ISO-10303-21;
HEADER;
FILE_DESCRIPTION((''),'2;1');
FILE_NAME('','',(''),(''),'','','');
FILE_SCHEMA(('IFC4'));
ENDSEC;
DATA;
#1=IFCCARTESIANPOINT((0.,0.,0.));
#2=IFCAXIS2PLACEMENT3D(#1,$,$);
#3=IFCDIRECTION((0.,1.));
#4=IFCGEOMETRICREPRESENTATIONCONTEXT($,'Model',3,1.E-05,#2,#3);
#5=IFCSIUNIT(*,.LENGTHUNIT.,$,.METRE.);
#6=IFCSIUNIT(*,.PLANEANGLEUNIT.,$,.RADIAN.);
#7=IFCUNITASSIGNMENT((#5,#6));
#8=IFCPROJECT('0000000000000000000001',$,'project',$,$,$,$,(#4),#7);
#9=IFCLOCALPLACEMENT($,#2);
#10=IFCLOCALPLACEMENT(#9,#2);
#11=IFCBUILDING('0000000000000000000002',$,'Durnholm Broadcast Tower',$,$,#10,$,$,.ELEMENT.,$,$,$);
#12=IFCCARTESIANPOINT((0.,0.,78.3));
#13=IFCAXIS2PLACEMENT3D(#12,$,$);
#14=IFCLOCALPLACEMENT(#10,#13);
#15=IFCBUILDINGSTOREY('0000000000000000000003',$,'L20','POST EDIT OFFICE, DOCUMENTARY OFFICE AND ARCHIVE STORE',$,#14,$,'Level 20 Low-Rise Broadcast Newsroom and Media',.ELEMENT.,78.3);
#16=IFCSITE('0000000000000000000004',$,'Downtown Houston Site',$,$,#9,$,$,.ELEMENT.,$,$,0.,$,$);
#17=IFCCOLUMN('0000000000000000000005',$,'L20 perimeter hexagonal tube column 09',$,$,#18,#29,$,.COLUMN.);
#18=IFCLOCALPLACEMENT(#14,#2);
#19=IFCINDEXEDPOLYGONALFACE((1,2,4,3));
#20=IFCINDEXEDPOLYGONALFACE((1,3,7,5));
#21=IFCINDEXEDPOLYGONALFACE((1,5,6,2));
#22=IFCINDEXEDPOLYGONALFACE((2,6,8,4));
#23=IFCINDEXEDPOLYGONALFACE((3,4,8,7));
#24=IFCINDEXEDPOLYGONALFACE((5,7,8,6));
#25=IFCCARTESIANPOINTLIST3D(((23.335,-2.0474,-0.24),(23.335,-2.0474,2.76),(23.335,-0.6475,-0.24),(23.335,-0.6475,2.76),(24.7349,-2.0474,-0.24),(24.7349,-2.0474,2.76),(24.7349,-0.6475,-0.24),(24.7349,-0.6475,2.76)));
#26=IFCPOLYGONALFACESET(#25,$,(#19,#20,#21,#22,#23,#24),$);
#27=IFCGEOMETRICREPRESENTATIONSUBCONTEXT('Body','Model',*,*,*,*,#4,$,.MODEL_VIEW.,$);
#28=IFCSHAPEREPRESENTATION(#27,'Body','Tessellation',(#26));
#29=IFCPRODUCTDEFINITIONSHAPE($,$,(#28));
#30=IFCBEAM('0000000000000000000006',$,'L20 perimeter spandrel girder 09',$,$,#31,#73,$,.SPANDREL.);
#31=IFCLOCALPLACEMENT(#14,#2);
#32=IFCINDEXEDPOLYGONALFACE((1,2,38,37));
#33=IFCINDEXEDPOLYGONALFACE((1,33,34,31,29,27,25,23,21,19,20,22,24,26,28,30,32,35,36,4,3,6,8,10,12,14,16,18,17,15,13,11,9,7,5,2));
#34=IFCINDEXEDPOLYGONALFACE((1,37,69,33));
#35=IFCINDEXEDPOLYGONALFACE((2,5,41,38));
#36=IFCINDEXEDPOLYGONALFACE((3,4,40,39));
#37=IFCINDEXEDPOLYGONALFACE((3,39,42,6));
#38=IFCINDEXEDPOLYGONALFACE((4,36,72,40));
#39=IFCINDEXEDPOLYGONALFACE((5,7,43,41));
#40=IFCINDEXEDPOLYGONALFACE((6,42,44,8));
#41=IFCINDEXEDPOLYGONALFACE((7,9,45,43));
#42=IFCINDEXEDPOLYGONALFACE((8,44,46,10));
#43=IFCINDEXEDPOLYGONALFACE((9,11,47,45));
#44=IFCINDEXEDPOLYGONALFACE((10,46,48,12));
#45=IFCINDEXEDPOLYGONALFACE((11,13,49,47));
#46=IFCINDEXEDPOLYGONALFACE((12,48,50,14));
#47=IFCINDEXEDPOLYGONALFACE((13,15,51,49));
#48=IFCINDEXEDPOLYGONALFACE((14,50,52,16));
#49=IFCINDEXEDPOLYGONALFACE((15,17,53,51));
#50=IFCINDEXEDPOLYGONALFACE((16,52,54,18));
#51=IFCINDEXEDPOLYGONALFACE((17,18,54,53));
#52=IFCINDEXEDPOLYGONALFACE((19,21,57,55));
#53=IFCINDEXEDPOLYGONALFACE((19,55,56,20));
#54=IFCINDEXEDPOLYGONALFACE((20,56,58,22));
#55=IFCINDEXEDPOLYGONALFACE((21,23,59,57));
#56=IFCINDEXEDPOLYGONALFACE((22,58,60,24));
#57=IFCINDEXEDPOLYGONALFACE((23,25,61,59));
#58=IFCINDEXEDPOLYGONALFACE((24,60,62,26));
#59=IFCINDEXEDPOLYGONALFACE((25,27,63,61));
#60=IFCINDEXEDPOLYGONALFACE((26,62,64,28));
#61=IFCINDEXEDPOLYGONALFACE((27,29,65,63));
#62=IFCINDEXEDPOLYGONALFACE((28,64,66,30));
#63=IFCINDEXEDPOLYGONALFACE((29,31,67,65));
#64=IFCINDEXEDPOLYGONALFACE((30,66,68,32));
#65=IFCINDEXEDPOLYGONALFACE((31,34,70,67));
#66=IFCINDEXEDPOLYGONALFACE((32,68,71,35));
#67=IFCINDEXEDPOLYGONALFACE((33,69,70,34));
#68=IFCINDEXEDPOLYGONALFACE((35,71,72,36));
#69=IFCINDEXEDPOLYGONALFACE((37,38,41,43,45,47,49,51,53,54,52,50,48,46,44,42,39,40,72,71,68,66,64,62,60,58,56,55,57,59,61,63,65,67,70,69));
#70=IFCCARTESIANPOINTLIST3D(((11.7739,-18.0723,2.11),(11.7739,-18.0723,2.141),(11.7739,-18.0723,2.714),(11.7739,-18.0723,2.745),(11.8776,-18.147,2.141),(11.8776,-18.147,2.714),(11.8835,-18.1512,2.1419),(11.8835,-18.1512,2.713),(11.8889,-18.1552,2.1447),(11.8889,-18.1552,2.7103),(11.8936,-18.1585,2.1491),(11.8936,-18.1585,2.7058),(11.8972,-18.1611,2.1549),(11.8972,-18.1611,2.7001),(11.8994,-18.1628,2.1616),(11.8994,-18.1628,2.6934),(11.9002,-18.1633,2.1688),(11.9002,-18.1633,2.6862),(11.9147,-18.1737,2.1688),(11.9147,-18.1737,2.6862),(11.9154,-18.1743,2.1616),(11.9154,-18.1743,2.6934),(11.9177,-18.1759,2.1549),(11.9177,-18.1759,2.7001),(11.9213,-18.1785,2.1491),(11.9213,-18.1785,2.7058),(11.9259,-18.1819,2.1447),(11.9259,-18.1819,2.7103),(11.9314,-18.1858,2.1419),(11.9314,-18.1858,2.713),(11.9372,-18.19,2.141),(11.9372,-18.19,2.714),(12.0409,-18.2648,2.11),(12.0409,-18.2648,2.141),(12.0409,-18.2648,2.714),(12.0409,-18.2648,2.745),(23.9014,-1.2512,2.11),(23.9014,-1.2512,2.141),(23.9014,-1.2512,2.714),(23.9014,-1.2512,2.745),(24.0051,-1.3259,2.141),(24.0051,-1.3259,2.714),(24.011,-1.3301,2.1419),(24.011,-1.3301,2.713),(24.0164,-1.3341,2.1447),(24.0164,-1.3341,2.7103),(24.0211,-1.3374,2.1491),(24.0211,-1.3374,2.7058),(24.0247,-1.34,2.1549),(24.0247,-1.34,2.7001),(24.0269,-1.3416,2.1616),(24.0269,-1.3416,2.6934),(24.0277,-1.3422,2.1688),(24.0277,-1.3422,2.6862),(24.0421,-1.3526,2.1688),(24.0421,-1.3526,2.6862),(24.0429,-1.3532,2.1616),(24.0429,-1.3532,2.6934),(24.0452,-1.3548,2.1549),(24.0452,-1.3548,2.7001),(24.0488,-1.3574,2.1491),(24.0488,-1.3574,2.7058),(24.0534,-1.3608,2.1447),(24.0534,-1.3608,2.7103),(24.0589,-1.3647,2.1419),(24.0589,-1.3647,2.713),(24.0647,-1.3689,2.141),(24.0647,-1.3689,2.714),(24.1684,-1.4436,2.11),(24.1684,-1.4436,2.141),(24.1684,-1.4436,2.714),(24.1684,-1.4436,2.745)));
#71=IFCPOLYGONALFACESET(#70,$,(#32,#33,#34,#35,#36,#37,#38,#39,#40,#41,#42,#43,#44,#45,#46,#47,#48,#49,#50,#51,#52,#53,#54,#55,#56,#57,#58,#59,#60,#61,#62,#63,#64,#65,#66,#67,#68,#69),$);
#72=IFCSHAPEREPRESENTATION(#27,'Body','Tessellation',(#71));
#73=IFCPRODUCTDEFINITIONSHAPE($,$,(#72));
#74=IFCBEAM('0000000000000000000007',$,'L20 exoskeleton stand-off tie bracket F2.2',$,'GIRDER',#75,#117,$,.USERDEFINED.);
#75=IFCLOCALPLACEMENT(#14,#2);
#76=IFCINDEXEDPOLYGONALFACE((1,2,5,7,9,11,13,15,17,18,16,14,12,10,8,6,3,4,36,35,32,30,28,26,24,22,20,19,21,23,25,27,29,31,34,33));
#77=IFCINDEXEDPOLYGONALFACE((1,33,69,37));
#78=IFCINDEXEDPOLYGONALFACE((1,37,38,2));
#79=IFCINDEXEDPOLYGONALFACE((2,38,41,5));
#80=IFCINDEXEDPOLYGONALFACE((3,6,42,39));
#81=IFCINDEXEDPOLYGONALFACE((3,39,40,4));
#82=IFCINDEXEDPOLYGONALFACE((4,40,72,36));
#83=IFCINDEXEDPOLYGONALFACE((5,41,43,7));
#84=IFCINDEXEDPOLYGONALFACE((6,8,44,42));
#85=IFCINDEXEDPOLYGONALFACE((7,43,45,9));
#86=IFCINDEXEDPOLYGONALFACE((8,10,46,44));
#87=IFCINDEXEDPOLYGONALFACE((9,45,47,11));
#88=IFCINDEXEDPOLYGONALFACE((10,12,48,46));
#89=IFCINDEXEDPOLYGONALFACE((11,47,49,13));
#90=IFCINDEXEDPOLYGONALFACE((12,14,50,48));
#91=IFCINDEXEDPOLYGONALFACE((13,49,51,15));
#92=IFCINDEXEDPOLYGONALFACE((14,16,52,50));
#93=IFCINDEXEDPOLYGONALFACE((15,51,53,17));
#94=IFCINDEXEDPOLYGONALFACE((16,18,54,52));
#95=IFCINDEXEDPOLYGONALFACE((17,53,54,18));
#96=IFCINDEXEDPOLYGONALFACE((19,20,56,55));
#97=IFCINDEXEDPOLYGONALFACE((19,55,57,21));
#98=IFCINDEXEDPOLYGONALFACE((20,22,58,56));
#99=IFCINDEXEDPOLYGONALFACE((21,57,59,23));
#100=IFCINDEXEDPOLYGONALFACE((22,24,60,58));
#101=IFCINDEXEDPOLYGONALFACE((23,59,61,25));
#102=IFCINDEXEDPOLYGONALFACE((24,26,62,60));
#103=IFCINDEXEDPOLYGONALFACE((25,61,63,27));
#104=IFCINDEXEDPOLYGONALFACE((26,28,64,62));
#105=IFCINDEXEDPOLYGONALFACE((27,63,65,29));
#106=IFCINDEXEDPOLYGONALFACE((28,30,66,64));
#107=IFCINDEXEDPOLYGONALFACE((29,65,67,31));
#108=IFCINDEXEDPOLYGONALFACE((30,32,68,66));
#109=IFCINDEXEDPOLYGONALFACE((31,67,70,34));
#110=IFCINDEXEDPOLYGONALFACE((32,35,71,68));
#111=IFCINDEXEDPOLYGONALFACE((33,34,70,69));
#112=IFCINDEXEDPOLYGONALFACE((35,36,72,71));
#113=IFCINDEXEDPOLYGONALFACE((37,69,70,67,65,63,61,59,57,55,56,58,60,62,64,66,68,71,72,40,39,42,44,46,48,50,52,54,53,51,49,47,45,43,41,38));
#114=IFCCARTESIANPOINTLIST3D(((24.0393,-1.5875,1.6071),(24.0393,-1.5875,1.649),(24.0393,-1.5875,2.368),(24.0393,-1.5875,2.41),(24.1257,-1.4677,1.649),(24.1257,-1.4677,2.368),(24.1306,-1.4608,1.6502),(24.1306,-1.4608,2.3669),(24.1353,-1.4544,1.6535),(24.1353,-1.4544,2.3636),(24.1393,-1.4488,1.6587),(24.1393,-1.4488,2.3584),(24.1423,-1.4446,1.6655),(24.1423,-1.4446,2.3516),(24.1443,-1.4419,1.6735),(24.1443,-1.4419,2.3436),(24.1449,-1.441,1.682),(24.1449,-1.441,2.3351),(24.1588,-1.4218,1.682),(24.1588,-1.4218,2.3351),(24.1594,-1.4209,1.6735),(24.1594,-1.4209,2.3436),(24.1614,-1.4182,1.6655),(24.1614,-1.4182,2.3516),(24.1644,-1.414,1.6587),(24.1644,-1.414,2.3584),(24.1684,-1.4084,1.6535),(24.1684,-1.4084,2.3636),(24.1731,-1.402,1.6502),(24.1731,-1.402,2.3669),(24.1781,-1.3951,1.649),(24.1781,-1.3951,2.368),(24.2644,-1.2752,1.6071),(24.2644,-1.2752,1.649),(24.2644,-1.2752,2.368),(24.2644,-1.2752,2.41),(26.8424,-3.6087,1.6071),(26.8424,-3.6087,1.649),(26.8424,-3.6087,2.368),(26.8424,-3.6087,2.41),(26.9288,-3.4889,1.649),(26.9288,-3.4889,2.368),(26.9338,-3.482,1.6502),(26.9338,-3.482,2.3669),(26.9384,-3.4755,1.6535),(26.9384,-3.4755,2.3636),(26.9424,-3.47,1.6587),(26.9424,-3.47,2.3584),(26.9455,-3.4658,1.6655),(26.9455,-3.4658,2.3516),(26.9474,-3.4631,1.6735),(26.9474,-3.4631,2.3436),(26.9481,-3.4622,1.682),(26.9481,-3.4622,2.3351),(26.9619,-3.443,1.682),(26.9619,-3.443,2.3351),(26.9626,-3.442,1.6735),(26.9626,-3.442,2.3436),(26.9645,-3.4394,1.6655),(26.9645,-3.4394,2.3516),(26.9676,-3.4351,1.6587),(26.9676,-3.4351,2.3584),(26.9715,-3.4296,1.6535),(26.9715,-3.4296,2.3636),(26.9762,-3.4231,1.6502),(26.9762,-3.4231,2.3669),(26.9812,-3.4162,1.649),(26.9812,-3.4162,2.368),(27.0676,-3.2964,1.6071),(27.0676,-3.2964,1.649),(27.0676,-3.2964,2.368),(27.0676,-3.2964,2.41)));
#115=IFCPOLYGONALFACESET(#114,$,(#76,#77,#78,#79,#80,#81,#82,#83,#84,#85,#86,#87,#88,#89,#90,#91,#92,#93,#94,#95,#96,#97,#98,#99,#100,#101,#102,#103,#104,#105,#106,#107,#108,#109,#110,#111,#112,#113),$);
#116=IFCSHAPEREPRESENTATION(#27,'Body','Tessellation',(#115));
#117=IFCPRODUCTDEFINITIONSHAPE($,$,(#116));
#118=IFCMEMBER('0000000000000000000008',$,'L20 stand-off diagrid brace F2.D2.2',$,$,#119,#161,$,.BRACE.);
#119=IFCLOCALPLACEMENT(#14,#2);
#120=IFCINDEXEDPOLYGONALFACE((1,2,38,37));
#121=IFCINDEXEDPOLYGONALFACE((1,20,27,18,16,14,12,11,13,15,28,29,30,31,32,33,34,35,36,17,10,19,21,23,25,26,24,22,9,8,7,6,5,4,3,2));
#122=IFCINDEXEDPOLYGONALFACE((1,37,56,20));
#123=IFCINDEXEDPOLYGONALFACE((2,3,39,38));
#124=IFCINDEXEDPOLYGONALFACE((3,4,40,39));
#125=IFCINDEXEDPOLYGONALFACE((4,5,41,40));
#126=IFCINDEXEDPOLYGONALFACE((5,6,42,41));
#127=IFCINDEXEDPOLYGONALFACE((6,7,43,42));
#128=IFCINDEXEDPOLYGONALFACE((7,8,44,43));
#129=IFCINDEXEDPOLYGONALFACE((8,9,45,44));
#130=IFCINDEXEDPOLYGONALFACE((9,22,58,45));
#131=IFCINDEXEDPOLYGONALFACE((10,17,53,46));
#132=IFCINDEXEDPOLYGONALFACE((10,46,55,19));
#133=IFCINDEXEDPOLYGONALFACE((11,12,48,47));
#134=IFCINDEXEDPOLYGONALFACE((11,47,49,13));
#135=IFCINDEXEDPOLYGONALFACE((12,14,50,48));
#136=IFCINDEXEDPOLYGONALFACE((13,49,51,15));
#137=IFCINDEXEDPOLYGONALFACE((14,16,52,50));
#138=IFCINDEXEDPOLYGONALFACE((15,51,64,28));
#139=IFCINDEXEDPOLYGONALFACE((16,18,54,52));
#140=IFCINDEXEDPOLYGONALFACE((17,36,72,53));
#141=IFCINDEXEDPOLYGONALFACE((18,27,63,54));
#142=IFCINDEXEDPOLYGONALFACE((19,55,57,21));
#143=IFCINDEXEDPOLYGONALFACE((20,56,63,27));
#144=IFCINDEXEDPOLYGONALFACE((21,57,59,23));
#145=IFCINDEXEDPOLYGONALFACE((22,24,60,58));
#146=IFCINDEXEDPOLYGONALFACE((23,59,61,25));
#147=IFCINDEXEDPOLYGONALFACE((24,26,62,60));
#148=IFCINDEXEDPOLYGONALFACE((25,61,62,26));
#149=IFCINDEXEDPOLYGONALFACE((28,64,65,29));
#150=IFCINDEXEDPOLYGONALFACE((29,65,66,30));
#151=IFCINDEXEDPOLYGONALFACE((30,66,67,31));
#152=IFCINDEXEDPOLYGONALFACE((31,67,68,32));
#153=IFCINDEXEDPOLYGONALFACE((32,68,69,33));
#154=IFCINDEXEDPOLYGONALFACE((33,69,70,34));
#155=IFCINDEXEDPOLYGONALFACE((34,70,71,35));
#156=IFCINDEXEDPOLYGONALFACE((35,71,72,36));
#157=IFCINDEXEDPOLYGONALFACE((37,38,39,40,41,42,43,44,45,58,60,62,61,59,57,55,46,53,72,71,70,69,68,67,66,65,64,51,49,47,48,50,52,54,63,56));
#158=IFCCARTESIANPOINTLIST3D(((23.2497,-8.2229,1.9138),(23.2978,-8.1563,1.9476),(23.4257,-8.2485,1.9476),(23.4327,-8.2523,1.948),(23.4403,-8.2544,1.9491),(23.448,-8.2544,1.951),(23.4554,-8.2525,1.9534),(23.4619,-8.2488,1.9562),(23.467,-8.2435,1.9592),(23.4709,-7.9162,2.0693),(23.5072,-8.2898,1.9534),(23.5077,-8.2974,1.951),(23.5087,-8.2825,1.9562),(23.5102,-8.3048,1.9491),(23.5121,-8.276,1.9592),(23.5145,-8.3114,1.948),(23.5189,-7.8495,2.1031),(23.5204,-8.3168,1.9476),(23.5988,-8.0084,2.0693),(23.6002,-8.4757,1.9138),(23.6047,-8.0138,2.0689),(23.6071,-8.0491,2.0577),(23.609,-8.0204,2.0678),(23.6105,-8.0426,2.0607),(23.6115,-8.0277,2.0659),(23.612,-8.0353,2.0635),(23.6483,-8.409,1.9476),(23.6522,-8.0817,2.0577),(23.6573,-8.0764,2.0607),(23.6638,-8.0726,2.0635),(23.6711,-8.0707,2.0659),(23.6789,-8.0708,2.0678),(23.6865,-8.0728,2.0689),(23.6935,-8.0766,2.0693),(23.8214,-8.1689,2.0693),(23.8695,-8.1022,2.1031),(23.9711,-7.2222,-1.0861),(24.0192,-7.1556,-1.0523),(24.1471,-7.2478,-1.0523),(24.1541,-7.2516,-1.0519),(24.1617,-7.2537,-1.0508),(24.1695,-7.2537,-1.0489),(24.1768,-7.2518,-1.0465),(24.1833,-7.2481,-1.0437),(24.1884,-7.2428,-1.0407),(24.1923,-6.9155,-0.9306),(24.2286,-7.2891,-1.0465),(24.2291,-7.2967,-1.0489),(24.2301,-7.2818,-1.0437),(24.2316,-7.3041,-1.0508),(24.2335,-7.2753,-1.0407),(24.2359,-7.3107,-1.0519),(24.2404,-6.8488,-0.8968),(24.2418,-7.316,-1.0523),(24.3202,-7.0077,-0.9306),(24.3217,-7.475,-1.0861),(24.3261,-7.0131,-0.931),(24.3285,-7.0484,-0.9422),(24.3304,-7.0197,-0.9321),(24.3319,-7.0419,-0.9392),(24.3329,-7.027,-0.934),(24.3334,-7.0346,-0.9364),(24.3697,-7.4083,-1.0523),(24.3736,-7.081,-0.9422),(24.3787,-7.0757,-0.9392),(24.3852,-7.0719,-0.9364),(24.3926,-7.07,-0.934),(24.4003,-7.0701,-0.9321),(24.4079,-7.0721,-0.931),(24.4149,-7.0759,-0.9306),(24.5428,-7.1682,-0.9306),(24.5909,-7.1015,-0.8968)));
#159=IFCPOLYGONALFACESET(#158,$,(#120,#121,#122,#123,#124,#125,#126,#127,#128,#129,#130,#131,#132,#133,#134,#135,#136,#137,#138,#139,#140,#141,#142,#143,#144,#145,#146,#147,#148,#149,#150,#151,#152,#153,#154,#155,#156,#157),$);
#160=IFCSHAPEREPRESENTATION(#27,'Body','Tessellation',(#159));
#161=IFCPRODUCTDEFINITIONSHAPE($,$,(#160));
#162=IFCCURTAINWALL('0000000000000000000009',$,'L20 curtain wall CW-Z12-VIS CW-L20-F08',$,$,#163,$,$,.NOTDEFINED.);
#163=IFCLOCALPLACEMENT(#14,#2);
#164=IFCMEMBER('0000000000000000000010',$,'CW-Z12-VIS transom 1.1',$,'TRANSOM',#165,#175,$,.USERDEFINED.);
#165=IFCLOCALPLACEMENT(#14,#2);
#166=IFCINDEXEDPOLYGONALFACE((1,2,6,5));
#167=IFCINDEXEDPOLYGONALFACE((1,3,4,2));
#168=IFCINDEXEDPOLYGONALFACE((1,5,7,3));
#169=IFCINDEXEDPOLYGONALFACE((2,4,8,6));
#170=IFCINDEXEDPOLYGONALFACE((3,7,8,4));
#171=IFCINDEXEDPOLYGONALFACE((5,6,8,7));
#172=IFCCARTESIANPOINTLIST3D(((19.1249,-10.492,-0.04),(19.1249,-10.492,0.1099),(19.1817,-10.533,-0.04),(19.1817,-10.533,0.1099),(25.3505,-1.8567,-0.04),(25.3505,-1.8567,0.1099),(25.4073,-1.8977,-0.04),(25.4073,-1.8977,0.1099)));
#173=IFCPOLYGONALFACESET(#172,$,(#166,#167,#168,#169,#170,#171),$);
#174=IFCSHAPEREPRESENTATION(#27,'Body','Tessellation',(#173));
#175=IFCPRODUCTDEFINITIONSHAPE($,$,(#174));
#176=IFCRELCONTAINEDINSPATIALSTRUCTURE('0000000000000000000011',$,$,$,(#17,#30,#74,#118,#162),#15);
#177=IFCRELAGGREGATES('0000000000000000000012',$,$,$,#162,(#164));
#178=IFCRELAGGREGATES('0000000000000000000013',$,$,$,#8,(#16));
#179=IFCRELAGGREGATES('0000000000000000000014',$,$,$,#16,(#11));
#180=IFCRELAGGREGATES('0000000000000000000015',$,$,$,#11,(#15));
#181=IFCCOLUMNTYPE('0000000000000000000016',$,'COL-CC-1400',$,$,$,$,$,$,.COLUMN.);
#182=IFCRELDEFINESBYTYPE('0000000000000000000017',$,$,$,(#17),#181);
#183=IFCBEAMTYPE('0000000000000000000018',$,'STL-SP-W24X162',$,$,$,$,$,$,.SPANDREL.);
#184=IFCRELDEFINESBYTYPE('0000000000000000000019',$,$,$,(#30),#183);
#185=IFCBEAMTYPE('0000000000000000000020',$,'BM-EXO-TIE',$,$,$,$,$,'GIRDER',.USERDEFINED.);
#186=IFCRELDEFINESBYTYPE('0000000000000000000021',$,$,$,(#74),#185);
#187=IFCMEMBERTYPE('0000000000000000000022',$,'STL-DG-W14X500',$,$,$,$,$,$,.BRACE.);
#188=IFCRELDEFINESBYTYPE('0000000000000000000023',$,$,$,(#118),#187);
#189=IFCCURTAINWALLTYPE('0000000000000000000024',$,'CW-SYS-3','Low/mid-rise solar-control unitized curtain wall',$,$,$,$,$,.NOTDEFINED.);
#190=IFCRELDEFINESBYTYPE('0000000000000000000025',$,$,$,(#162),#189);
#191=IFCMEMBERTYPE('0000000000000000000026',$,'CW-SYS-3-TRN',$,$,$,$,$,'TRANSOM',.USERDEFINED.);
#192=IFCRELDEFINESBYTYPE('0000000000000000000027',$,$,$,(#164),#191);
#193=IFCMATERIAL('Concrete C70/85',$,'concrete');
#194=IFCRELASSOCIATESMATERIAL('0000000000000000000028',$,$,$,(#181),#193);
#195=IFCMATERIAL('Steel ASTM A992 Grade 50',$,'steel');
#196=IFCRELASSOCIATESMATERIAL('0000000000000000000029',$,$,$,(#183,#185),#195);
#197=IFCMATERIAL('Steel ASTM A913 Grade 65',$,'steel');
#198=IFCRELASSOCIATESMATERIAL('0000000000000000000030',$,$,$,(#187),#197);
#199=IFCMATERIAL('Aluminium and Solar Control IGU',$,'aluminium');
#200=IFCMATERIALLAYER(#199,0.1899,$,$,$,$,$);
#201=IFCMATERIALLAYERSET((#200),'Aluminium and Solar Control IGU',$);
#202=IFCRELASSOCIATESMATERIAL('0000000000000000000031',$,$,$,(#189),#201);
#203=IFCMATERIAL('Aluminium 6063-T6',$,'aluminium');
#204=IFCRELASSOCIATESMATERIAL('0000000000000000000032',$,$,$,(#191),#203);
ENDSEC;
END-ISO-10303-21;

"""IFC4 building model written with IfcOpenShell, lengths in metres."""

from ifc_helpers import new_model, si_unit, direction, frame, origin, origin_2d, place, context, subcontext, project, spatial, rectangle, i_section, extrude, source, transform, mapped, material, layer, layer_set, material_profile, profile_set, type_object, type_shapes, element, aggregate, save


model = new_model("IFC4")

# Units and contexts
model_context = context("Model", 3, precision=1e-05, world=origin(), true_north=direction((0.0, 1.0)))
body_context = subcontext(model_context, "Body", "Model", "MODEL_VIEW")
ifc_project = project(units=[si_unit("LENGTHUNIT", "METRE"), si_unit("PLANEANGLEUNIT", "RADIAN")], contexts=[model_context])

# Site, building, storey
site_placement = place(None, origin())
site = spatial("IfcSite", under=ifc_project, at=site_placement, Name="Downtown Houston Site", CompositionType="ELEMENT", RefElevation=0.0)
building_placement = place(site_placement, origin())
building = spatial("IfcBuilding", under=site, at=building_placement, Name="Durnholm Broadcast Tower", CompositionType="ELEMENT")
storey_placement = place(building_placement, frame((0.0, 0.0, 78.3)))
storey = spatial("IfcBuildingStorey", under=building, at=storey_placement, Name="L20", Description="POST EDIT OFFICE, DOCUMENTARY OFFICE AND ARCHIVE STORE", LongName="Level 20 Low-Rise Broadcast Newsroom and Media", CompositionType="ELEMENT", Elevation=78.3)

# Column
ifc_material_1 = material(Name="Concrete C70/85", Category="concrete")
ifc_material_profile_1 = material_profile(ifc_material_1, rectangle(XDim=1.3999, YDim=1.3999, at=origin_2d()), Name="RC1400X1400")
ifc_profile_set_1 = profile_set([ifc_material_profile_1], Name="Concrete C70/85")
column_type = type_object("IfcColumnType", Name="COL-CC-1400", PredefinedType="COLUMN", material=ifc_profile_set_1)
shared_shape_1 = source(origin(), body_context, "Body", "SweptSolid", [
    extrude(rectangle(XDim=1.3999, YDim=1.3999, at=origin_2d()), origin(), (0.0, 0.0, 1.0), 3.0),
])
type_shapes(column_type, [shared_shape_1])
column_placement = place(storey_placement, frame((24.0349, -1.3474, -0.24), z_axis=(0.0, 0.0, 1.0), x_axis=(1.0, 0.0, 0.0)))
element("IfcColumn", 1, at=column_placement, inside=storey, type_object=column_type, Name="L20 perimeter hexagonal tube column 09", PredefinedType="COLUMN", context=body_context, shape_type="MappedRepresentation", body=[
    mapped(shared_shape_1, transform((0.0, 0.0, 0.0), x_axis=(1.0, 0.0, 0.0), y_axis=(0.0, 1.0, 0.0), z_axis=(0.0, 0.0, 1.0), scale=1.0)),
])

# Beams
ifc_material_2 = material(Name="Steel ASTM A992 Grade 50", Category="steel")
ifc_material_profile_2 = material_profile(ifc_material_2, i_section(OverallWidth=0.3291, OverallDepth=0.635, WebThickness=0.0178, FlangeThickness=0.031, FilletRadius=0.0278, at=origin_2d()), Name="W24X162")
ifc_profile_set_2 = profile_set([ifc_material_profile_2], Name="Steel ASTM A992 Grade 50")
beam_type_1 = type_object("IfcBeamType", Name="STL-SP-W24X162", PredefinedType="SPANDREL", material=ifc_profile_set_2)
shared_shape_2 = source(origin(), body_context, "Body", "SweptSolid", [
    extrude(i_section(OverallWidth=0.3291, OverallDepth=0.635, WebThickness=0.0178, FlangeThickness=0.031, FilletRadius=0.0278, at=origin_2d()), origin(), (0.0, 0.0, 1.0), 20.7371),
])
type_shapes(beam_type_1, [shared_shape_2])
beam_1_placement = place(storey_placement, frame((24.0349, -1.3474, 2.4275), z_axis=(-0.584822, -0.811162, 0.0), x_axis=(0.811162, -0.584822, 0.0)))
element("IfcBeam", 2, at=beam_1_placement, inside=storey, type_object=beam_type_1, Name="L20 perimeter spandrel girder 09", PredefinedType="SPANDREL", context=body_context, shape_type="MappedRepresentation", body=[
    mapped(shared_shape_2, transform((0.0, 0.0, 0.0), x_axis=(1.0, 0.0, 0.0), y_axis=(0.0, 1.0, 0.0), z_axis=(0.0, 0.0, 1.0), scale=1.0)),
])
ifc_material_profile_3 = material_profile(ifc_material_2, i_section(OverallWidth=0.385, OverallDepth=0.803, WebThickness=0.0237, FlangeThickness=0.042, FilletRadius=0.033, at=origin_2d()), Name="W30X261")
ifc_profile_set_3 = profile_set([ifc_material_profile_3], Name="Steel ASTM A992 Grade 50")
beam_type_2 = type_object("IfcBeamType", Name="BM-EXO-TIE", ElementType="GIRDER", PredefinedType="USERDEFINED", material=ifc_profile_set_3)
shared_shape_3 = source(origin(), body_context, "Body", "SweptSolid", [
    extrude(i_section(OverallWidth=0.385, OverallDepth=0.803, WebThickness=0.0237, FlangeThickness=0.042, FilletRadius=0.033, at=origin_2d()), origin(), (0.0, 0.0, 1.0), 3.4558),
])
type_shapes(beam_type_2, [shared_shape_3])
beam_2_placement = place(storey_placement, frame((24.1519, -1.4314, 2.0085), z_axis=(0.811134, -0.584861, 0.0), x_axis=(0.584861, 0.811134, 0.0)))
element("IfcBeam", 3, at=beam_2_placement, inside=storey, type_object=beam_type_2, Name="L20 exoskeleton stand-off tie bracket F2.2", ObjectType="GIRDER", PredefinedType="USERDEFINED", context=body_context, shape_type="MappedRepresentation", body=[
    mapped(shared_shape_3, transform((0.0, 0.0, 0.0), x_axis=(1.0, 0.0, 0.0), y_axis=(0.0, 1.0, 0.0), z_axis=(0.0, 0.0, 1.0), scale=1.0)),
])

# Member
ifc_material_3 = material(Name="Steel ASTM A913 Grade 65", Category="steel")
ifc_material_profile_4 = material_profile(ifc_material_3, i_section(OverallWidth=0.4321, OverallDepth=0.4978, WebThickness=0.0557, FlangeThickness=0.0889, FilletRadius=0.0305, at=origin_2d()), Name="W14X500")
ifc_profile_set_4 = profile_set([ifc_material_profile_4], Name="Steel ASTM A913 Grade 65")
member_type_1 = type_object("IfcMemberType", Name="STL-DG-W14X500", PredefinedType="BRACE", material=ifc_profile_set_4)
shared_shape_4 = source(origin(), body_context, "Body", "SweptSolid", [
    extrude(i_section(OverallWidth=0.4321, OverallDepth=0.4978, WebThickness=0.0557, FlangeThickness=0.0889, FilletRadius=0.0305, at=origin_2d()), origin(), (0.0, 0.0, 1.0), 3.2437),
])
type_shapes(member_type_1, [shared_shape_4])
member_1_placement = place(storey_placement, frame((24.281, -7.1619, -0.9915), z_axis=(-0.222408, -0.308511, 0.924855), x_axis=(0.811185, -0.584789, 0.0)))
element("IfcMember", 4, at=member_1_placement, inside=storey, type_object=member_type_1, Name="L20 stand-off diagrid brace F2.D2.2", PredefinedType="BRACE", context=body_context, shape_type="MappedRepresentation", body=[
    mapped(shared_shape_4, transform((0.0, 0.0, 0.0), x_axis=(1.0, 0.0, 0.0), y_axis=(0.0, 1.0, 0.0), z_axis=(0.0, 0.0, 1.0), scale=1.0)),
])

# Curtain wall, member
ifc_material_4 = material(Name="Aluminium and Solar Control IGU", Category="aluminium")
ifc_layer_1 = layer(ifc_material_4, 0.1899)
ifc_layer_set_1 = layer_set([ifc_layer_1], Name="Aluminium and Solar Control IGU")
curtain_wall_type_1 = type_object("IfcCurtainWallType", Name="CW-SYS-3", Description="Low/mid-rise solar-control unitized curtain wall", PredefinedType="NOTDEFINED", material=ifc_layer_set_1)
curtain_wall_1_placement = place(storey_placement, origin())
curtain_wall_1 = element("IfcCurtainWall", 5, at=curtain_wall_1_placement, inside=storey, type_object=curtain_wall_type_1, Name="L20 curtain wall CW-Z12-VIS CW-L20-F08", PredefinedType="NOTDEFINED")
ifc_material_5 = material(Name="Aluminium 6063-T6", Category="aluminium")
ifc_material_profile_5 = material_profile(ifc_material_5, rectangle(XDim=0.0701, YDim=0.1499, at=origin_2d()), Name="CWT70X150")
ifc_profile_set_5 = profile_set([ifc_material_profile_5], Name="Aluminium 6063-T6")
member_type_2 = type_object("IfcMemberType", Name="CW-SYS-3-TRN", ElementType="TRANSOM", PredefinedType="USERDEFINED", material=ifc_profile_set_5)
shared_shape_5 = source(origin(), body_context, "Body", "SweptSolid", [
    extrude(rectangle(XDim=0.0701, YDim=0.1499, at=origin_2d()), origin(), (0.0, 0.0, 1.0), 10.6455),
])
type_shapes(member_type_2, [shared_shape_5])
member_2_placement = place(storey_placement, frame((25.3789, -1.8772, 0.0349), z_axis=(-0.584812, -0.811169, 0.0), x_axis=(0.811169, -0.584812, 0.0)))
member_2 = element("IfcMember", 6, at=member_2_placement, type_object=member_type_2, Name="CW-Z12-VIS transom 1.1", ObjectType="TRANSOM", PredefinedType="USERDEFINED", context=body_context, shape_type="MappedRepresentation", body=[
    mapped(shared_shape_5, transform((0.0, 0.0, 0.0), x_axis=(1.0, 0.0, 0.0), y_axis=(0.0, 1.0, 0.0), z_axis=(0.0, 0.0, 1.0), scale=1.0)),
])

aggregate(curtain_wall_1, [member_2])

save(model, "model.ifc")
